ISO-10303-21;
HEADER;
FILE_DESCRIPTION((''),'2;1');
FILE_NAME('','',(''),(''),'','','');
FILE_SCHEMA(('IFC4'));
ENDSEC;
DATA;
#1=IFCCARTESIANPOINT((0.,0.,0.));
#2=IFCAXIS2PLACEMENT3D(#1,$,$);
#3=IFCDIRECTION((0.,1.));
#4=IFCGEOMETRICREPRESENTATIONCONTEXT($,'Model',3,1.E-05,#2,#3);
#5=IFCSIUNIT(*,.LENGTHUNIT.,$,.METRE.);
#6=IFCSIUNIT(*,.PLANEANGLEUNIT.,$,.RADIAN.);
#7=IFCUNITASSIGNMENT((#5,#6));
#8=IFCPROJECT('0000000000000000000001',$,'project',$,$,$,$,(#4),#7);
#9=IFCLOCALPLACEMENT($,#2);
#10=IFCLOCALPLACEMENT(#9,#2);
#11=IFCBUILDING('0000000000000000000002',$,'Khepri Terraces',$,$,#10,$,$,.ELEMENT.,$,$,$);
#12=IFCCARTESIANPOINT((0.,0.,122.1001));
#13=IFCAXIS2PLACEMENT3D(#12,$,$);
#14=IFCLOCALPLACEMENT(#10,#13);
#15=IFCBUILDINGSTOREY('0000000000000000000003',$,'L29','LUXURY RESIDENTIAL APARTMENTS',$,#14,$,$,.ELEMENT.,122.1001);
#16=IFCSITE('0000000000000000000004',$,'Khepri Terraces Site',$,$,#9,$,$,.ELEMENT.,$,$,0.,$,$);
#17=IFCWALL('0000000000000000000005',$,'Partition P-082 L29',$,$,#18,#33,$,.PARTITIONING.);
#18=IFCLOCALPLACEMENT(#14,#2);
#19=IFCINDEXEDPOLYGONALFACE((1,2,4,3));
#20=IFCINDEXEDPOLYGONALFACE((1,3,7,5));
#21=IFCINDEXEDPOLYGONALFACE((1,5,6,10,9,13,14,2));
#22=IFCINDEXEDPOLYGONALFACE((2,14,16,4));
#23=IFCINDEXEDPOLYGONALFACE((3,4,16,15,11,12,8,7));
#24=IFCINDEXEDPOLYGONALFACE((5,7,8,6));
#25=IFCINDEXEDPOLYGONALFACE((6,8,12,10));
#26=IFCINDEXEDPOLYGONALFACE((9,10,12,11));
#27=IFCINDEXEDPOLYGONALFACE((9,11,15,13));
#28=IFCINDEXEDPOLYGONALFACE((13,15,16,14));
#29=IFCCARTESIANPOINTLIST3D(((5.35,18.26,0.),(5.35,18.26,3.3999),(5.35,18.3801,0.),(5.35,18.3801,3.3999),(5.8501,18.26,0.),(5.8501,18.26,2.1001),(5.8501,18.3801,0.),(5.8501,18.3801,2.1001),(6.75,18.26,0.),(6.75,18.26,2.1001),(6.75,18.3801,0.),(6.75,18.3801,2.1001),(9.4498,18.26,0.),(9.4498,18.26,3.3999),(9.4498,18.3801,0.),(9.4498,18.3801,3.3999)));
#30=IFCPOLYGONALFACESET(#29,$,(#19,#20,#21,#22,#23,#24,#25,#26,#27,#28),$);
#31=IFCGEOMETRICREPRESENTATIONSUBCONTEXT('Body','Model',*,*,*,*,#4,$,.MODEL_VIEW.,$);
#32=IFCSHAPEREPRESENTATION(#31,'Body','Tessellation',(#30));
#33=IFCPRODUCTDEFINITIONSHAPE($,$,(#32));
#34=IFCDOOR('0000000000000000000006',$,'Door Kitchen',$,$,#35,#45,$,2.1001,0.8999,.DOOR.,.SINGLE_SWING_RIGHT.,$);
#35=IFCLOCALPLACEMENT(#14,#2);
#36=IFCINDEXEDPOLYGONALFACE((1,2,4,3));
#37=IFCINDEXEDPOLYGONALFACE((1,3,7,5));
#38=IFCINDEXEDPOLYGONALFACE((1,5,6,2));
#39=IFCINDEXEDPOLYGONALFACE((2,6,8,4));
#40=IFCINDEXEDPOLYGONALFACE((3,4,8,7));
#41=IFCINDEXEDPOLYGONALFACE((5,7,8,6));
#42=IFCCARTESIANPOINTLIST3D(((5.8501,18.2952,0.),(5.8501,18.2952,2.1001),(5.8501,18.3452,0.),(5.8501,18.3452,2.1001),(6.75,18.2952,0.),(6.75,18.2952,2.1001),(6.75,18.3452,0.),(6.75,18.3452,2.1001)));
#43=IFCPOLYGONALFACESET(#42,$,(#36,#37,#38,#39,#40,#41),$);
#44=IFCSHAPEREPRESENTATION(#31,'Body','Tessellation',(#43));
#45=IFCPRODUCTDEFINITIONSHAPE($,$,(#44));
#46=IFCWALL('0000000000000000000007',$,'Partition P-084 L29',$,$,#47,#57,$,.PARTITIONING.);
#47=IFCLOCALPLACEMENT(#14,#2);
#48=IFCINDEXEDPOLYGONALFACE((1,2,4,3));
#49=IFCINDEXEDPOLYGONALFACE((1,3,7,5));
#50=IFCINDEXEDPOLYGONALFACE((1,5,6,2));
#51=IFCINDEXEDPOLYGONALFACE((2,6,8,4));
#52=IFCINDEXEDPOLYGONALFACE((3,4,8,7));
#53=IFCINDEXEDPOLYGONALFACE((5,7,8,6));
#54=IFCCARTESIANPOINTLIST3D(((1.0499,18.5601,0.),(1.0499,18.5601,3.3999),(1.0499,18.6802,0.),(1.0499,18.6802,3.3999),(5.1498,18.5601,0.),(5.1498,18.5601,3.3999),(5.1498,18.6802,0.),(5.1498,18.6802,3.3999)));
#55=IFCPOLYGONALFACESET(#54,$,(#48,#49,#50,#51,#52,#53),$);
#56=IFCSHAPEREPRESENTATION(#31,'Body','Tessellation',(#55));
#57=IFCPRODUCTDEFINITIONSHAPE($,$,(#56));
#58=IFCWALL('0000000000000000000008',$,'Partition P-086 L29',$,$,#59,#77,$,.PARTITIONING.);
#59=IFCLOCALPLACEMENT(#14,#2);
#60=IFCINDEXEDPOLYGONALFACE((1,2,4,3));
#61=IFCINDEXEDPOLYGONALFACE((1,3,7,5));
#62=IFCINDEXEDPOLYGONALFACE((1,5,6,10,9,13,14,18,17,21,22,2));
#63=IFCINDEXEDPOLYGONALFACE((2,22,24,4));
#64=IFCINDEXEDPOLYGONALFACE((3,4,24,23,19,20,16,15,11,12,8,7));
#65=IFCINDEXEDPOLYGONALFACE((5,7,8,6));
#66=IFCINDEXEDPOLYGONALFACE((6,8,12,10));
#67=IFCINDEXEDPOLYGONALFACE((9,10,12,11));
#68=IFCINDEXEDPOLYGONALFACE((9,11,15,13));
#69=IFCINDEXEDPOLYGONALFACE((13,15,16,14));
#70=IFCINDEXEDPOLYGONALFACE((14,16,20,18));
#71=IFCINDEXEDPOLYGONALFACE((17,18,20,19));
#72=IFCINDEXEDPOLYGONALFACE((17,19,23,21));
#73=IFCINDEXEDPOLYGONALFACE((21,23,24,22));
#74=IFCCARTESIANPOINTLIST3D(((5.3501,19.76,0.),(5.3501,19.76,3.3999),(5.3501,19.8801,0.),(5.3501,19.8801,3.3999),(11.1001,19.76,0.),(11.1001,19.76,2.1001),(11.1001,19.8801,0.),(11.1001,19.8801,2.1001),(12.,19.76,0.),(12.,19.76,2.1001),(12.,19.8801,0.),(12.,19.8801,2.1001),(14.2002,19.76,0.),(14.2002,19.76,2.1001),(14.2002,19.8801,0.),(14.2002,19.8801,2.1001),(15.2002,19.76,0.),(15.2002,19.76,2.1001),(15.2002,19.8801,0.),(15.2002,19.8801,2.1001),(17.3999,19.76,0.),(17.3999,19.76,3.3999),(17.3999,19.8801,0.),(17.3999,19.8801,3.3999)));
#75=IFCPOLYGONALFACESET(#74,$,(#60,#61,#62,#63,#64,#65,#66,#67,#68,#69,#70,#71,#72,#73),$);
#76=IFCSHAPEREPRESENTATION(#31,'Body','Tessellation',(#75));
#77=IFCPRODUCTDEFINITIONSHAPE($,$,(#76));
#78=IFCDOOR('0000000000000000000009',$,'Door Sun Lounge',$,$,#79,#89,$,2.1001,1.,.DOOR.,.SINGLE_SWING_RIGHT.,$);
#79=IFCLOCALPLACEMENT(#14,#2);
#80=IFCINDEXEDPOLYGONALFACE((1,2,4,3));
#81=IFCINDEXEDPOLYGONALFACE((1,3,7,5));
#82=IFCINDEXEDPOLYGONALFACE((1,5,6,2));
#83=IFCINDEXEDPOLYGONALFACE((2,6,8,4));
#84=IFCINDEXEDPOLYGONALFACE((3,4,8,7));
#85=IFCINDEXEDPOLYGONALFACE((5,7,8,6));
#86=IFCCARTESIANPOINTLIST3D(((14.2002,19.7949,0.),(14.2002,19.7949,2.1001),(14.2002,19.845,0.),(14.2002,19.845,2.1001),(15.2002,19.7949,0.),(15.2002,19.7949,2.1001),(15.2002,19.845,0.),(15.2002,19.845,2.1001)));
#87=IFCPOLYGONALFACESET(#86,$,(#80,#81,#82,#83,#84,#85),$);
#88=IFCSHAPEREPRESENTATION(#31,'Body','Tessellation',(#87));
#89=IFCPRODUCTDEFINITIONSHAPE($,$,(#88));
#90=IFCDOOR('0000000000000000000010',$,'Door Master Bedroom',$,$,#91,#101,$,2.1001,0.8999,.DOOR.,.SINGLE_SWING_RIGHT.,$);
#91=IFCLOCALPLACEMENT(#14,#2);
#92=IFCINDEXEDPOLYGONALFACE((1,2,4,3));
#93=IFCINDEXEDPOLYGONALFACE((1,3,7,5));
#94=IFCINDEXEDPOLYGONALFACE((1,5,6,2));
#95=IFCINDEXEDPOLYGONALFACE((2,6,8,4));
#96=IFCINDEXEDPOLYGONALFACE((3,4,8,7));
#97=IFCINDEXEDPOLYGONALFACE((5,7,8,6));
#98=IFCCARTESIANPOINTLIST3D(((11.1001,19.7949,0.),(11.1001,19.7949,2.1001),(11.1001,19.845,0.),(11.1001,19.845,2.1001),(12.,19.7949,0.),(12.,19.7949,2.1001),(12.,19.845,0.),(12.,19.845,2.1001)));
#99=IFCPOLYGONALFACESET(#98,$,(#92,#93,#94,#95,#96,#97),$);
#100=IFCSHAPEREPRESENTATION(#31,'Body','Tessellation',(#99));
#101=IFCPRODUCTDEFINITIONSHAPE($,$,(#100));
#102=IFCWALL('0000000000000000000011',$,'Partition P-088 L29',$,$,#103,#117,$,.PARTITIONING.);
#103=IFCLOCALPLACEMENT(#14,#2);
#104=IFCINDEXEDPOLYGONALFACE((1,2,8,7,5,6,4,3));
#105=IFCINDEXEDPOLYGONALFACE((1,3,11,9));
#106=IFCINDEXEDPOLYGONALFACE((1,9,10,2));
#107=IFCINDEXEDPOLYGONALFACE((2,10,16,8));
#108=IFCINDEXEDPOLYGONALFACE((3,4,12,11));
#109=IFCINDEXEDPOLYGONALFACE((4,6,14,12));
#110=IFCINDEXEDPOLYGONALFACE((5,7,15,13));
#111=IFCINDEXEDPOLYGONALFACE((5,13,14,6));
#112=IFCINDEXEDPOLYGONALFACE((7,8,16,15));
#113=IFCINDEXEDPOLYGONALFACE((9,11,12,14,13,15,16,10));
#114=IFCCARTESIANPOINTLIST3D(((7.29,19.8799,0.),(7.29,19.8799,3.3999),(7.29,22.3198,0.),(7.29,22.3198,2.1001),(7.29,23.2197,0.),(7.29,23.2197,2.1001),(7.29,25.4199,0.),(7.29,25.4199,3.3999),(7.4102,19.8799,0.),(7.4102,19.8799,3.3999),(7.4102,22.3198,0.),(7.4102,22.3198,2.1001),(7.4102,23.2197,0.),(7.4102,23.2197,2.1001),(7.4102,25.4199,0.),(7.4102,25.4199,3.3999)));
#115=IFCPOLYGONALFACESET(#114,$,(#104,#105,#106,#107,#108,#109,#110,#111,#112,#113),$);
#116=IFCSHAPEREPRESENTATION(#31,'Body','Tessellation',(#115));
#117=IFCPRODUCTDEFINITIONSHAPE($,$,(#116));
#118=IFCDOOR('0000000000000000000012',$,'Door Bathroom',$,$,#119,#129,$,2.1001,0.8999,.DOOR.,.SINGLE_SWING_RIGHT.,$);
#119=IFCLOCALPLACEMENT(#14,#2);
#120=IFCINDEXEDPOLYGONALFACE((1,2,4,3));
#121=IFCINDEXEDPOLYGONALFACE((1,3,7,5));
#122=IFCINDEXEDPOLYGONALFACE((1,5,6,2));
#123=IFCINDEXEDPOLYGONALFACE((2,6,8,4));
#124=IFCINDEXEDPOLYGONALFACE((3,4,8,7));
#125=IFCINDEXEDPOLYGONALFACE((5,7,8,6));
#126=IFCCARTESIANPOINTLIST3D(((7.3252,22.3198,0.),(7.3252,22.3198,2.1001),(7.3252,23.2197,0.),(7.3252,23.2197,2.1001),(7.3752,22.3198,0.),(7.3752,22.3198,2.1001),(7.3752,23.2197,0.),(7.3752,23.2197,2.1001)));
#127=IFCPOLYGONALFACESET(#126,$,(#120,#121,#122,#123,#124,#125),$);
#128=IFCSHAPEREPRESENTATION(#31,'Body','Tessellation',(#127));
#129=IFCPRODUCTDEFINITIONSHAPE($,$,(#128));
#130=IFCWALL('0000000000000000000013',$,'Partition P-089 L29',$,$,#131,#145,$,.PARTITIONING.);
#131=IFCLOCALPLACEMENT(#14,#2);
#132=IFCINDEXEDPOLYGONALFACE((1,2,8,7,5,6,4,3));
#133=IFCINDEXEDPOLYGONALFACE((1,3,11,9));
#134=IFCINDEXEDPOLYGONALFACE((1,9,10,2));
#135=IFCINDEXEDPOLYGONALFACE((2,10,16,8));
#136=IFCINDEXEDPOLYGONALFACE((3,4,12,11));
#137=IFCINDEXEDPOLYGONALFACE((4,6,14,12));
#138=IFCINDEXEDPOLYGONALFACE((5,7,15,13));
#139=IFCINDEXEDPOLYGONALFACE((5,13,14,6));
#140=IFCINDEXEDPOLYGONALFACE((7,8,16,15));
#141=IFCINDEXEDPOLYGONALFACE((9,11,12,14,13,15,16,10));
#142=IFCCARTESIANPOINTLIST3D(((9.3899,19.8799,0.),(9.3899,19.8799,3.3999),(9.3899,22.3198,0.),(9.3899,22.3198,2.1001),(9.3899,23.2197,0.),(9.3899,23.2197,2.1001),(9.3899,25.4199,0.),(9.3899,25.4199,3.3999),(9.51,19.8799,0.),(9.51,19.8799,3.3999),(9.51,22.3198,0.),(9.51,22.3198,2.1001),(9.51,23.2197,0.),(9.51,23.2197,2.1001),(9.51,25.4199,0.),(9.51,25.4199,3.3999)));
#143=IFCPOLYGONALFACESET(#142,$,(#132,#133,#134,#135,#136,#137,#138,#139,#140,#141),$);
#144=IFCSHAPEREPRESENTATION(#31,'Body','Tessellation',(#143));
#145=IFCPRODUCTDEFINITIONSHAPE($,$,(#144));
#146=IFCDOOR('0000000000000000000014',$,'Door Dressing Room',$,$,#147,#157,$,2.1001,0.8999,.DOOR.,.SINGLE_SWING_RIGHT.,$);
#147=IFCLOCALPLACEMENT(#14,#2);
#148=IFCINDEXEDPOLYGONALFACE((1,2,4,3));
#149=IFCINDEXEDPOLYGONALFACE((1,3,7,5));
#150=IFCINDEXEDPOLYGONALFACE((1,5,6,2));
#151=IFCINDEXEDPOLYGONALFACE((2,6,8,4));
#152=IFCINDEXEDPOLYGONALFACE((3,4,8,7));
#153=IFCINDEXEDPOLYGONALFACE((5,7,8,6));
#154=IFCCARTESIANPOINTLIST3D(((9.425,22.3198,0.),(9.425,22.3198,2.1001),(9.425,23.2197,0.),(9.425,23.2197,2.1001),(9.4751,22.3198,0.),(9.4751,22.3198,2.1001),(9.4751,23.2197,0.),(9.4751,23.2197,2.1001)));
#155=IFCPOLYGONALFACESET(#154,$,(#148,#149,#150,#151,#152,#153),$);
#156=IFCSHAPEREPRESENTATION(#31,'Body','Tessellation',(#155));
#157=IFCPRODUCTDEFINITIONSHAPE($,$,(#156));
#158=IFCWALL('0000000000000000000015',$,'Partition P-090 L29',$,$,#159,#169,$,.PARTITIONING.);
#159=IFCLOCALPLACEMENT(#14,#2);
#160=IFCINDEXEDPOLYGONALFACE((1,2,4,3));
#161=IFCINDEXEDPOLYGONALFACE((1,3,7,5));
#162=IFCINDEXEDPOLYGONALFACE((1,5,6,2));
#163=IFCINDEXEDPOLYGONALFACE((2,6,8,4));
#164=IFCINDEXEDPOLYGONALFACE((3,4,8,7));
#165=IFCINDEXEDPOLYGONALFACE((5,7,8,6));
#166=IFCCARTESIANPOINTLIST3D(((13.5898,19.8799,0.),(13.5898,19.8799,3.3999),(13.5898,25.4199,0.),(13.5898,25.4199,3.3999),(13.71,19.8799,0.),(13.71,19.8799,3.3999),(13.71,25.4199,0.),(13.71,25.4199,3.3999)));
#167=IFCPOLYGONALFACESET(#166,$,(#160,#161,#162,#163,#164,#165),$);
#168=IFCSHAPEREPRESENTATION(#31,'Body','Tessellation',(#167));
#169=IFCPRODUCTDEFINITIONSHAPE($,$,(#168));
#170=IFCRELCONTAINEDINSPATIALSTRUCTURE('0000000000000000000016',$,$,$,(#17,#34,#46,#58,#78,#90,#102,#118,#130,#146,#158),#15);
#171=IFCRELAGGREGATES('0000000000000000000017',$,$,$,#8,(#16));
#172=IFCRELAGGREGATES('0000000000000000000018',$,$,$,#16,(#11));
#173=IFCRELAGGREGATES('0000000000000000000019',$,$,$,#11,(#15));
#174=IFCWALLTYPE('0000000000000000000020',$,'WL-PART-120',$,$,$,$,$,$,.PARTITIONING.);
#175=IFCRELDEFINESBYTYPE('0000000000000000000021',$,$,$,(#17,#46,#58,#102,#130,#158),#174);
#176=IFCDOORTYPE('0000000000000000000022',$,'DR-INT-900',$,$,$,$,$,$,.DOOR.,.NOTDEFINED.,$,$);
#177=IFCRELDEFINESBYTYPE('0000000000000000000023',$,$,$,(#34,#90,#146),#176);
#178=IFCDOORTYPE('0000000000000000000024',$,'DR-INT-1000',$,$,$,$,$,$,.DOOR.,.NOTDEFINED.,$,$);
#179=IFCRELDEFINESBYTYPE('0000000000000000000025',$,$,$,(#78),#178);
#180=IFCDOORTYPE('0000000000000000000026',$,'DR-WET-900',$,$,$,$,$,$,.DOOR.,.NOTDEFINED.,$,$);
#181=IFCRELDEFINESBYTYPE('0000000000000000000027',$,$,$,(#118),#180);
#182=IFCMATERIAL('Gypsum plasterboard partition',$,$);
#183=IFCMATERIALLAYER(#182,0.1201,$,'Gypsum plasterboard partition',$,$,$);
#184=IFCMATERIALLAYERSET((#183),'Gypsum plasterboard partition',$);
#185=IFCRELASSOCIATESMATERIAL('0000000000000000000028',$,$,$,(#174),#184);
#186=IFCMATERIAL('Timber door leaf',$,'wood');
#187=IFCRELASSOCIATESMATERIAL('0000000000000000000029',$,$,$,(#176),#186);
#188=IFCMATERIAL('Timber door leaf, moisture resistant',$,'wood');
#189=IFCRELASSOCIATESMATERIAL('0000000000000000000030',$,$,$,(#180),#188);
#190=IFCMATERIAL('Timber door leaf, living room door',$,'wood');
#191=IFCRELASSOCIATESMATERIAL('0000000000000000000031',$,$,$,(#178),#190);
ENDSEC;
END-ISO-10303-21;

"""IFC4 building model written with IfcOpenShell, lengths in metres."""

from ifc_helpers import new_model, si_unit, direction, frame, frame_2d, origin, place, context, subcontext, project, spatial, rectangle, extrude, material, layer, layer_set, type_object, element, fill, save


model = new_model("IFC4")

# Units and contexts
model_context = context("Model", 3, precision=1e-05, world=origin(), true_north=direction((0.0, 1.0)))
body_context = subcontext(model_context, "Body", "Model", "MODEL_VIEW")
ifc_project = project(units=[si_unit("LENGTHUNIT", "METRE"), si_unit("PLANEANGLEUNIT", "RADIAN")], contexts=[model_context])

# Site, building, storey
site_placement = place(None, origin())
site = spatial("IfcSite", under=ifc_project, at=site_placement, Name="Khepri Terraces Site", CompositionType="ELEMENT", RefElevation=0.0)
building_placement = place(site_placement, origin())
building = spatial("IfcBuilding", under=site, at=building_placement, Name="Khepri Terraces", CompositionType="ELEMENT")
storey_placement = place(building_placement, frame((0.0, 0.0, 122.1001)))
storey = spatial("IfcBuildingStorey", under=building, at=storey_placement, Name="L29", Description="LUXURY RESIDENTIAL APARTMENTS", CompositionType="ELEMENT", Elevation=122.1001)

# Shared definitions
ifc_material_1 = material(Name="Gypsum plasterboard partition")
ifc_layer_1 = layer(ifc_material_1, 0.1201, Name="Gypsum plasterboard partition")
ifc_layer_set_1 = layer_set([ifc_layer_1], Name="Gypsum plasterboard partition")
wall_type_1 = type_object("IfcWallType", Name="WL-PART-120", PredefinedType="PARTITIONING", material=ifc_layer_set_1)

# Shared definitions
ifc_material_2 = material(Name="Timber door leaf", Category="wood")
door_type_1 = type_object("IfcDoorType", Name="DR-INT-900", OperationType="NOTDEFINED", PredefinedType="DOOR", material=ifc_material_2)

# Wall, opening, door
ifc_material_3 = material(Name="Timber door leaf, moisture resistant", Category="wood")
door_type_2 = type_object("IfcDoorType", Name="DR-WET-900", OperationType="NOTDEFINED", PredefinedType="DOOR", material=ifc_material_3)
ifc_material_4 = material(Name="Timber door leaf, living room door", Category="wood")
door_type_3 = type_object("IfcDoorType", Name="DR-INT-1000", OperationType="NOTDEFINED", PredefinedType="DOOR", material=ifc_material_4)
wall_1_placement = place(storey_placement, frame((5.3501, 18.3201, 0.0), z_axis=(0.0, 0.0, 1.0), x_axis=(1.0, 0.0, 0.0)))
wall_1 = element("IfcWall", 1, at=wall_1_placement, inside=storey, type_object=wall_type_1, Name="Partition P-082 L29", PredefinedType="PARTITIONING", context=body_context, shape_type="SweptSolid", body=[
    extrude(rectangle(XDim=4.0999, YDim=0.1201, at=frame_2d((2.0498, 0.0))), origin(), (0.0, 0.0, 1.0), 3.3999),
])
opening_1_placement = place(wall_1_placement, frame((0.5, 0.0, 0.0)))
opening_1 = element("IfcOpeningElement", 2, at=opening_1_placement, cuts=wall_1, PredefinedType="OPENING", context=body_context, shape_type="SweptSolid", body=[
    extrude(rectangle(XDim=0.8999, YDim=2.1001, at=frame_2d((0.45, 1.05))), frame((0.0, 0.0701, 0.0), z_axis=(0.0, -1.0, 0.0), x_axis=(1.0, 0.0, 0.0)), (0.0, 0.0, 1.0), 0.1401),
])
door_1_placement = place(opening_1_placement, frame((0.8999, 0.0, 0.0), z_axis=(0.0, 0.0, 1.0), x_axis=(-1.0, 0.0, 0.0)))
door_1 = element("IfcDoor", 3, at=door_1_placement, inside=storey, type_object=door_type_1, Name="Door Kitchen", OperationType="SINGLE_SWING_RIGHT", OverallHeight=2.1001, OverallWidth=0.8999, PredefinedType="DOOR", context=body_context, shape_type="SweptSolid", body=[
    extrude(rectangle(XDim=0.8999, YDim=2.1001, at=frame_2d((0.45, 1.05))), frame((0.0, 0.0249, 0.0), z_axis=(0.0, -1.0, 0.0), x_axis=(1.0, 0.0, 0.0)), (0.0, 0.0, 1.0), 0.05),
])
fill(opening_1, door_1)

# Wall
wall_2_placement = place(storey_placement, frame((1.05, 18.6201, 0.0), z_axis=(0.0, 0.0, 1.0), x_axis=(1.0, 0.0, 0.0)))
element("IfcWall", 4, at=wall_2_placement, inside=storey, type_object=wall_type_1, Name="Partition P-084 L29", PredefinedType="PARTITIONING", context=body_context, shape_type="SweptSolid", body=[
    extrude(rectangle(XDim=4.0999, YDim=0.1201, at=frame_2d((2.0498, 0.0))), origin(), (0.0, 0.0, 1.0), 3.3999),
])

# Wall, openings, doors
wall_3_placement = place(storey_placement, frame((5.3501, 19.8201, 0.0), z_axis=(0.0, 0.0, 1.0), x_axis=(1.0, 0.0, 0.0)))
wall_3 = element("IfcWall", 5, at=wall_3_placement, inside=storey, type_object=wall_type_1, Name="Partition P-086 L29", PredefinedType="PARTITIONING", context=body_context, shape_type="SweptSolid", body=[
    extrude(rectangle(XDim=12.0498, YDim=0.1201, at=frame_2d((6.0249, 0.0))), origin(), (0.0, 0.0, 1.0), 3.3999),
])
opening_2_placement = place(wall_3_placement, frame((8.8501, 0.0, 0.0)))
opening_2 = element("IfcOpeningElement", 6, at=opening_2_placement, cuts=wall_3, PredefinedType="OPENING", context=body_context, shape_type="SweptSolid", body=[
    extrude(rectangle(XDim=1.0, YDim=2.1001, at=frame_2d((0.5, 1.05))), frame((0.0, 0.0701, 0.0), z_axis=(0.0, -1.0, 0.0), x_axis=(1.0, 0.0, 0.0)), (0.0, 0.0, 1.0), 0.1401),
])
opening_3_placement = place(wall_3_placement, frame((5.75, 0.0, 0.0)))
opening_3 = element("IfcOpeningElement", 7, at=opening_3_placement, cuts=wall_3, PredefinedType="OPENING", context=body_context, shape_type="SweptSolid", body=[
    extrude(rectangle(XDim=0.8999, YDim=2.1001, at=frame_2d((0.45, 1.05))), frame((0.0, 0.0701, 0.0), z_axis=(0.0, -1.0, 0.0), x_axis=(1.0, 0.0, 0.0)), (0.0, 0.0, 1.0), 0.1401),
])
door_2_placement = place(opening_2_placement, origin())
door_2 = element("IfcDoor", 8, at=door_2_placement, inside=storey, type_object=door_type_3, Name="Door Sun Lounge", OperationType="SINGLE_SWING_RIGHT", OverallHeight=2.1001, OverallWidth=1.0, PredefinedType="DOOR", context=body_context, shape_type="SweptSolid", body=[
    extrude(rectangle(XDim=1.0, YDim=2.1001, at=frame_2d((0.5, 1.05))), frame((0.0, 0.0249, 0.0), z_axis=(0.0, -1.0, 0.0), x_axis=(1.0, 0.0, 0.0)), (0.0, 0.0, 1.0), 0.05),
])
fill(opening_2, door_2)
door_3_placement = place(opening_3_placement, origin())
door_3 = element("IfcDoor", 9, at=door_3_placement, inside=storey, type_object=door_type_1, Name="Door Master Bedroom", OperationType="SINGLE_SWING_RIGHT", OverallHeight=2.1001, OverallWidth=0.8999, PredefinedType="DOOR", context=body_context, shape_type="SweptSolid", body=[
    extrude(rectangle(XDim=0.8999, YDim=2.1001, at=frame_2d((0.45, 1.05))), frame((0.0, 0.0249, 0.0), z_axis=(0.0, -1.0, 0.0), x_axis=(1.0, 0.0, 0.0)), (0.0, 0.0, 1.0), 0.05),
])
fill(opening_3, door_3)

# Walls, openings, doors
wall_4_placement = place(storey_placement, frame((7.3501, 19.8799, 0.0), z_axis=(0.0, 0.0, 1.0), x_axis=(0.0, 1.0, 0.0)))
wall_4 = element("IfcWall", 10, at=wall_4_placement, inside=storey, type_object=wall_type_1, Name="Partition P-088 L29", PredefinedType="PARTITIONING", context=body_context, shape_type="SweptSolid", body=[
    extrude(rectangle(XDim=5.54, YDim=0.1201, at=frame_2d((2.77, 0.0))), origin(), (0.0, 0.0, 1.0), 3.3999),
])
opening_4_placement = place(wall_4_placement, frame((2.4399, 0.0, 0.0)))
opening_4 = element("IfcOpeningElement", 11, at=opening_4_placement, cuts=wall_4, PredefinedType="OPENING", context=body_context, shape_type="SweptSolid", body=[
    extrude(rectangle(XDim=0.8999, YDim=2.1001, at=frame_2d((0.45, 1.05))), frame((0.0, 0.0701, 0.0), z_axis=(0.0, -1.0, 0.0), x_axis=(1.0, 0.0, 0.0)), (0.0, 0.0, 1.0), 0.1401),
])
door_4_placement = place(opening_4_placement, origin())
door_4 = element("IfcDoor", 12, at=door_4_placement, inside=storey, type_object=door_type_2, Name="Door Bathroom", OperationType="SINGLE_SWING_RIGHT", OverallHeight=2.1001, OverallWidth=0.8999, PredefinedType="DOOR", context=body_context, shape_type="SweptSolid", body=[
    extrude(rectangle(XDim=0.8999, YDim=2.1001, at=frame_2d((0.45, 1.05))), frame((0.0, 0.0249, 0.0), z_axis=(0.0, -1.0, 0.0), x_axis=(1.0, 0.0, 0.0)), (0.0, 0.0, 1.0), 0.05),
])
fill(opening_4, door_4)
wall_5_placement = place(storey_placement, frame((9.45, 19.8799, 0.0), z_axis=(0.0, 0.0, 1.0), x_axis=(0.0, 1.0, 0.0)))
wall_5 = element("IfcWall", 13, at=wall_5_placement, inside=storey, type_object=wall_type_1, Name="Partition P-089 L29", PredefinedType="PARTITIONING", context=body_context, shape_type="SweptSolid", body=[
    extrude(rectangle(XDim=5.54, YDim=0.1201, at=frame_2d((2.77, 0.0))), origin(), (0.0, 0.0, 1.0), 3.3999),
])
opening_5_placement = place(wall_5_placement, frame((2.4399, 0.0, 0.0)))
opening_5 = element("IfcOpeningElement", 14, at=opening_5_placement, cuts=wall_5, PredefinedType="OPENING", context=body_context, shape_type="SweptSolid", body=[
    extrude(rectangle(XDim=0.8999, YDim=2.1001, at=frame_2d((0.45, 1.05))), frame((0.0, 0.0701, 0.0), z_axis=(0.0, -1.0, 0.0), x_axis=(1.0, 0.0, 0.0)), (0.0, 0.0, 1.0), 0.1401),
])
door_5_placement = place(opening_5_placement, origin())
door_5 = element("IfcDoor", 15, at=door_5_placement, inside=storey, type_object=door_type_1, Name="Door Dressing Room", OperationType="SINGLE_SWING_RIGHT", OverallHeight=2.1001, OverallWidth=0.8999, PredefinedType="DOOR", context=body_context, shape_type="SweptSolid", body=[
    extrude(rectangle(XDim=0.8999, YDim=2.1001, at=frame_2d((0.45, 1.05))), frame((0.0, 0.0249, 0.0), z_axis=(0.0, -1.0, 0.0), x_axis=(1.0, 0.0, 0.0)), (0.0, 0.0, 1.0), 0.05),
])
fill(opening_5, door_5)

# Wall
wall_6_placement = place(storey_placement, frame((13.6499, 19.8799, 0.0), z_axis=(0.0, 0.0, 1.0), x_axis=(0.0, 1.0, 0.0)))
element("IfcWall", 16, at=wall_6_placement, inside=storey, type_object=wall_type_1, Name="Partition P-090 L29", PredefinedType="PARTITIONING", context=body_context, shape_type="SweptSolid", body=[
    extrude(rectangle(XDim=5.54, YDim=0.1201, at=frame_2d((2.77, 0.0))), origin(), (0.0, 0.0, 1.0), 3.3999),
])

save(model, "model.ifc")
